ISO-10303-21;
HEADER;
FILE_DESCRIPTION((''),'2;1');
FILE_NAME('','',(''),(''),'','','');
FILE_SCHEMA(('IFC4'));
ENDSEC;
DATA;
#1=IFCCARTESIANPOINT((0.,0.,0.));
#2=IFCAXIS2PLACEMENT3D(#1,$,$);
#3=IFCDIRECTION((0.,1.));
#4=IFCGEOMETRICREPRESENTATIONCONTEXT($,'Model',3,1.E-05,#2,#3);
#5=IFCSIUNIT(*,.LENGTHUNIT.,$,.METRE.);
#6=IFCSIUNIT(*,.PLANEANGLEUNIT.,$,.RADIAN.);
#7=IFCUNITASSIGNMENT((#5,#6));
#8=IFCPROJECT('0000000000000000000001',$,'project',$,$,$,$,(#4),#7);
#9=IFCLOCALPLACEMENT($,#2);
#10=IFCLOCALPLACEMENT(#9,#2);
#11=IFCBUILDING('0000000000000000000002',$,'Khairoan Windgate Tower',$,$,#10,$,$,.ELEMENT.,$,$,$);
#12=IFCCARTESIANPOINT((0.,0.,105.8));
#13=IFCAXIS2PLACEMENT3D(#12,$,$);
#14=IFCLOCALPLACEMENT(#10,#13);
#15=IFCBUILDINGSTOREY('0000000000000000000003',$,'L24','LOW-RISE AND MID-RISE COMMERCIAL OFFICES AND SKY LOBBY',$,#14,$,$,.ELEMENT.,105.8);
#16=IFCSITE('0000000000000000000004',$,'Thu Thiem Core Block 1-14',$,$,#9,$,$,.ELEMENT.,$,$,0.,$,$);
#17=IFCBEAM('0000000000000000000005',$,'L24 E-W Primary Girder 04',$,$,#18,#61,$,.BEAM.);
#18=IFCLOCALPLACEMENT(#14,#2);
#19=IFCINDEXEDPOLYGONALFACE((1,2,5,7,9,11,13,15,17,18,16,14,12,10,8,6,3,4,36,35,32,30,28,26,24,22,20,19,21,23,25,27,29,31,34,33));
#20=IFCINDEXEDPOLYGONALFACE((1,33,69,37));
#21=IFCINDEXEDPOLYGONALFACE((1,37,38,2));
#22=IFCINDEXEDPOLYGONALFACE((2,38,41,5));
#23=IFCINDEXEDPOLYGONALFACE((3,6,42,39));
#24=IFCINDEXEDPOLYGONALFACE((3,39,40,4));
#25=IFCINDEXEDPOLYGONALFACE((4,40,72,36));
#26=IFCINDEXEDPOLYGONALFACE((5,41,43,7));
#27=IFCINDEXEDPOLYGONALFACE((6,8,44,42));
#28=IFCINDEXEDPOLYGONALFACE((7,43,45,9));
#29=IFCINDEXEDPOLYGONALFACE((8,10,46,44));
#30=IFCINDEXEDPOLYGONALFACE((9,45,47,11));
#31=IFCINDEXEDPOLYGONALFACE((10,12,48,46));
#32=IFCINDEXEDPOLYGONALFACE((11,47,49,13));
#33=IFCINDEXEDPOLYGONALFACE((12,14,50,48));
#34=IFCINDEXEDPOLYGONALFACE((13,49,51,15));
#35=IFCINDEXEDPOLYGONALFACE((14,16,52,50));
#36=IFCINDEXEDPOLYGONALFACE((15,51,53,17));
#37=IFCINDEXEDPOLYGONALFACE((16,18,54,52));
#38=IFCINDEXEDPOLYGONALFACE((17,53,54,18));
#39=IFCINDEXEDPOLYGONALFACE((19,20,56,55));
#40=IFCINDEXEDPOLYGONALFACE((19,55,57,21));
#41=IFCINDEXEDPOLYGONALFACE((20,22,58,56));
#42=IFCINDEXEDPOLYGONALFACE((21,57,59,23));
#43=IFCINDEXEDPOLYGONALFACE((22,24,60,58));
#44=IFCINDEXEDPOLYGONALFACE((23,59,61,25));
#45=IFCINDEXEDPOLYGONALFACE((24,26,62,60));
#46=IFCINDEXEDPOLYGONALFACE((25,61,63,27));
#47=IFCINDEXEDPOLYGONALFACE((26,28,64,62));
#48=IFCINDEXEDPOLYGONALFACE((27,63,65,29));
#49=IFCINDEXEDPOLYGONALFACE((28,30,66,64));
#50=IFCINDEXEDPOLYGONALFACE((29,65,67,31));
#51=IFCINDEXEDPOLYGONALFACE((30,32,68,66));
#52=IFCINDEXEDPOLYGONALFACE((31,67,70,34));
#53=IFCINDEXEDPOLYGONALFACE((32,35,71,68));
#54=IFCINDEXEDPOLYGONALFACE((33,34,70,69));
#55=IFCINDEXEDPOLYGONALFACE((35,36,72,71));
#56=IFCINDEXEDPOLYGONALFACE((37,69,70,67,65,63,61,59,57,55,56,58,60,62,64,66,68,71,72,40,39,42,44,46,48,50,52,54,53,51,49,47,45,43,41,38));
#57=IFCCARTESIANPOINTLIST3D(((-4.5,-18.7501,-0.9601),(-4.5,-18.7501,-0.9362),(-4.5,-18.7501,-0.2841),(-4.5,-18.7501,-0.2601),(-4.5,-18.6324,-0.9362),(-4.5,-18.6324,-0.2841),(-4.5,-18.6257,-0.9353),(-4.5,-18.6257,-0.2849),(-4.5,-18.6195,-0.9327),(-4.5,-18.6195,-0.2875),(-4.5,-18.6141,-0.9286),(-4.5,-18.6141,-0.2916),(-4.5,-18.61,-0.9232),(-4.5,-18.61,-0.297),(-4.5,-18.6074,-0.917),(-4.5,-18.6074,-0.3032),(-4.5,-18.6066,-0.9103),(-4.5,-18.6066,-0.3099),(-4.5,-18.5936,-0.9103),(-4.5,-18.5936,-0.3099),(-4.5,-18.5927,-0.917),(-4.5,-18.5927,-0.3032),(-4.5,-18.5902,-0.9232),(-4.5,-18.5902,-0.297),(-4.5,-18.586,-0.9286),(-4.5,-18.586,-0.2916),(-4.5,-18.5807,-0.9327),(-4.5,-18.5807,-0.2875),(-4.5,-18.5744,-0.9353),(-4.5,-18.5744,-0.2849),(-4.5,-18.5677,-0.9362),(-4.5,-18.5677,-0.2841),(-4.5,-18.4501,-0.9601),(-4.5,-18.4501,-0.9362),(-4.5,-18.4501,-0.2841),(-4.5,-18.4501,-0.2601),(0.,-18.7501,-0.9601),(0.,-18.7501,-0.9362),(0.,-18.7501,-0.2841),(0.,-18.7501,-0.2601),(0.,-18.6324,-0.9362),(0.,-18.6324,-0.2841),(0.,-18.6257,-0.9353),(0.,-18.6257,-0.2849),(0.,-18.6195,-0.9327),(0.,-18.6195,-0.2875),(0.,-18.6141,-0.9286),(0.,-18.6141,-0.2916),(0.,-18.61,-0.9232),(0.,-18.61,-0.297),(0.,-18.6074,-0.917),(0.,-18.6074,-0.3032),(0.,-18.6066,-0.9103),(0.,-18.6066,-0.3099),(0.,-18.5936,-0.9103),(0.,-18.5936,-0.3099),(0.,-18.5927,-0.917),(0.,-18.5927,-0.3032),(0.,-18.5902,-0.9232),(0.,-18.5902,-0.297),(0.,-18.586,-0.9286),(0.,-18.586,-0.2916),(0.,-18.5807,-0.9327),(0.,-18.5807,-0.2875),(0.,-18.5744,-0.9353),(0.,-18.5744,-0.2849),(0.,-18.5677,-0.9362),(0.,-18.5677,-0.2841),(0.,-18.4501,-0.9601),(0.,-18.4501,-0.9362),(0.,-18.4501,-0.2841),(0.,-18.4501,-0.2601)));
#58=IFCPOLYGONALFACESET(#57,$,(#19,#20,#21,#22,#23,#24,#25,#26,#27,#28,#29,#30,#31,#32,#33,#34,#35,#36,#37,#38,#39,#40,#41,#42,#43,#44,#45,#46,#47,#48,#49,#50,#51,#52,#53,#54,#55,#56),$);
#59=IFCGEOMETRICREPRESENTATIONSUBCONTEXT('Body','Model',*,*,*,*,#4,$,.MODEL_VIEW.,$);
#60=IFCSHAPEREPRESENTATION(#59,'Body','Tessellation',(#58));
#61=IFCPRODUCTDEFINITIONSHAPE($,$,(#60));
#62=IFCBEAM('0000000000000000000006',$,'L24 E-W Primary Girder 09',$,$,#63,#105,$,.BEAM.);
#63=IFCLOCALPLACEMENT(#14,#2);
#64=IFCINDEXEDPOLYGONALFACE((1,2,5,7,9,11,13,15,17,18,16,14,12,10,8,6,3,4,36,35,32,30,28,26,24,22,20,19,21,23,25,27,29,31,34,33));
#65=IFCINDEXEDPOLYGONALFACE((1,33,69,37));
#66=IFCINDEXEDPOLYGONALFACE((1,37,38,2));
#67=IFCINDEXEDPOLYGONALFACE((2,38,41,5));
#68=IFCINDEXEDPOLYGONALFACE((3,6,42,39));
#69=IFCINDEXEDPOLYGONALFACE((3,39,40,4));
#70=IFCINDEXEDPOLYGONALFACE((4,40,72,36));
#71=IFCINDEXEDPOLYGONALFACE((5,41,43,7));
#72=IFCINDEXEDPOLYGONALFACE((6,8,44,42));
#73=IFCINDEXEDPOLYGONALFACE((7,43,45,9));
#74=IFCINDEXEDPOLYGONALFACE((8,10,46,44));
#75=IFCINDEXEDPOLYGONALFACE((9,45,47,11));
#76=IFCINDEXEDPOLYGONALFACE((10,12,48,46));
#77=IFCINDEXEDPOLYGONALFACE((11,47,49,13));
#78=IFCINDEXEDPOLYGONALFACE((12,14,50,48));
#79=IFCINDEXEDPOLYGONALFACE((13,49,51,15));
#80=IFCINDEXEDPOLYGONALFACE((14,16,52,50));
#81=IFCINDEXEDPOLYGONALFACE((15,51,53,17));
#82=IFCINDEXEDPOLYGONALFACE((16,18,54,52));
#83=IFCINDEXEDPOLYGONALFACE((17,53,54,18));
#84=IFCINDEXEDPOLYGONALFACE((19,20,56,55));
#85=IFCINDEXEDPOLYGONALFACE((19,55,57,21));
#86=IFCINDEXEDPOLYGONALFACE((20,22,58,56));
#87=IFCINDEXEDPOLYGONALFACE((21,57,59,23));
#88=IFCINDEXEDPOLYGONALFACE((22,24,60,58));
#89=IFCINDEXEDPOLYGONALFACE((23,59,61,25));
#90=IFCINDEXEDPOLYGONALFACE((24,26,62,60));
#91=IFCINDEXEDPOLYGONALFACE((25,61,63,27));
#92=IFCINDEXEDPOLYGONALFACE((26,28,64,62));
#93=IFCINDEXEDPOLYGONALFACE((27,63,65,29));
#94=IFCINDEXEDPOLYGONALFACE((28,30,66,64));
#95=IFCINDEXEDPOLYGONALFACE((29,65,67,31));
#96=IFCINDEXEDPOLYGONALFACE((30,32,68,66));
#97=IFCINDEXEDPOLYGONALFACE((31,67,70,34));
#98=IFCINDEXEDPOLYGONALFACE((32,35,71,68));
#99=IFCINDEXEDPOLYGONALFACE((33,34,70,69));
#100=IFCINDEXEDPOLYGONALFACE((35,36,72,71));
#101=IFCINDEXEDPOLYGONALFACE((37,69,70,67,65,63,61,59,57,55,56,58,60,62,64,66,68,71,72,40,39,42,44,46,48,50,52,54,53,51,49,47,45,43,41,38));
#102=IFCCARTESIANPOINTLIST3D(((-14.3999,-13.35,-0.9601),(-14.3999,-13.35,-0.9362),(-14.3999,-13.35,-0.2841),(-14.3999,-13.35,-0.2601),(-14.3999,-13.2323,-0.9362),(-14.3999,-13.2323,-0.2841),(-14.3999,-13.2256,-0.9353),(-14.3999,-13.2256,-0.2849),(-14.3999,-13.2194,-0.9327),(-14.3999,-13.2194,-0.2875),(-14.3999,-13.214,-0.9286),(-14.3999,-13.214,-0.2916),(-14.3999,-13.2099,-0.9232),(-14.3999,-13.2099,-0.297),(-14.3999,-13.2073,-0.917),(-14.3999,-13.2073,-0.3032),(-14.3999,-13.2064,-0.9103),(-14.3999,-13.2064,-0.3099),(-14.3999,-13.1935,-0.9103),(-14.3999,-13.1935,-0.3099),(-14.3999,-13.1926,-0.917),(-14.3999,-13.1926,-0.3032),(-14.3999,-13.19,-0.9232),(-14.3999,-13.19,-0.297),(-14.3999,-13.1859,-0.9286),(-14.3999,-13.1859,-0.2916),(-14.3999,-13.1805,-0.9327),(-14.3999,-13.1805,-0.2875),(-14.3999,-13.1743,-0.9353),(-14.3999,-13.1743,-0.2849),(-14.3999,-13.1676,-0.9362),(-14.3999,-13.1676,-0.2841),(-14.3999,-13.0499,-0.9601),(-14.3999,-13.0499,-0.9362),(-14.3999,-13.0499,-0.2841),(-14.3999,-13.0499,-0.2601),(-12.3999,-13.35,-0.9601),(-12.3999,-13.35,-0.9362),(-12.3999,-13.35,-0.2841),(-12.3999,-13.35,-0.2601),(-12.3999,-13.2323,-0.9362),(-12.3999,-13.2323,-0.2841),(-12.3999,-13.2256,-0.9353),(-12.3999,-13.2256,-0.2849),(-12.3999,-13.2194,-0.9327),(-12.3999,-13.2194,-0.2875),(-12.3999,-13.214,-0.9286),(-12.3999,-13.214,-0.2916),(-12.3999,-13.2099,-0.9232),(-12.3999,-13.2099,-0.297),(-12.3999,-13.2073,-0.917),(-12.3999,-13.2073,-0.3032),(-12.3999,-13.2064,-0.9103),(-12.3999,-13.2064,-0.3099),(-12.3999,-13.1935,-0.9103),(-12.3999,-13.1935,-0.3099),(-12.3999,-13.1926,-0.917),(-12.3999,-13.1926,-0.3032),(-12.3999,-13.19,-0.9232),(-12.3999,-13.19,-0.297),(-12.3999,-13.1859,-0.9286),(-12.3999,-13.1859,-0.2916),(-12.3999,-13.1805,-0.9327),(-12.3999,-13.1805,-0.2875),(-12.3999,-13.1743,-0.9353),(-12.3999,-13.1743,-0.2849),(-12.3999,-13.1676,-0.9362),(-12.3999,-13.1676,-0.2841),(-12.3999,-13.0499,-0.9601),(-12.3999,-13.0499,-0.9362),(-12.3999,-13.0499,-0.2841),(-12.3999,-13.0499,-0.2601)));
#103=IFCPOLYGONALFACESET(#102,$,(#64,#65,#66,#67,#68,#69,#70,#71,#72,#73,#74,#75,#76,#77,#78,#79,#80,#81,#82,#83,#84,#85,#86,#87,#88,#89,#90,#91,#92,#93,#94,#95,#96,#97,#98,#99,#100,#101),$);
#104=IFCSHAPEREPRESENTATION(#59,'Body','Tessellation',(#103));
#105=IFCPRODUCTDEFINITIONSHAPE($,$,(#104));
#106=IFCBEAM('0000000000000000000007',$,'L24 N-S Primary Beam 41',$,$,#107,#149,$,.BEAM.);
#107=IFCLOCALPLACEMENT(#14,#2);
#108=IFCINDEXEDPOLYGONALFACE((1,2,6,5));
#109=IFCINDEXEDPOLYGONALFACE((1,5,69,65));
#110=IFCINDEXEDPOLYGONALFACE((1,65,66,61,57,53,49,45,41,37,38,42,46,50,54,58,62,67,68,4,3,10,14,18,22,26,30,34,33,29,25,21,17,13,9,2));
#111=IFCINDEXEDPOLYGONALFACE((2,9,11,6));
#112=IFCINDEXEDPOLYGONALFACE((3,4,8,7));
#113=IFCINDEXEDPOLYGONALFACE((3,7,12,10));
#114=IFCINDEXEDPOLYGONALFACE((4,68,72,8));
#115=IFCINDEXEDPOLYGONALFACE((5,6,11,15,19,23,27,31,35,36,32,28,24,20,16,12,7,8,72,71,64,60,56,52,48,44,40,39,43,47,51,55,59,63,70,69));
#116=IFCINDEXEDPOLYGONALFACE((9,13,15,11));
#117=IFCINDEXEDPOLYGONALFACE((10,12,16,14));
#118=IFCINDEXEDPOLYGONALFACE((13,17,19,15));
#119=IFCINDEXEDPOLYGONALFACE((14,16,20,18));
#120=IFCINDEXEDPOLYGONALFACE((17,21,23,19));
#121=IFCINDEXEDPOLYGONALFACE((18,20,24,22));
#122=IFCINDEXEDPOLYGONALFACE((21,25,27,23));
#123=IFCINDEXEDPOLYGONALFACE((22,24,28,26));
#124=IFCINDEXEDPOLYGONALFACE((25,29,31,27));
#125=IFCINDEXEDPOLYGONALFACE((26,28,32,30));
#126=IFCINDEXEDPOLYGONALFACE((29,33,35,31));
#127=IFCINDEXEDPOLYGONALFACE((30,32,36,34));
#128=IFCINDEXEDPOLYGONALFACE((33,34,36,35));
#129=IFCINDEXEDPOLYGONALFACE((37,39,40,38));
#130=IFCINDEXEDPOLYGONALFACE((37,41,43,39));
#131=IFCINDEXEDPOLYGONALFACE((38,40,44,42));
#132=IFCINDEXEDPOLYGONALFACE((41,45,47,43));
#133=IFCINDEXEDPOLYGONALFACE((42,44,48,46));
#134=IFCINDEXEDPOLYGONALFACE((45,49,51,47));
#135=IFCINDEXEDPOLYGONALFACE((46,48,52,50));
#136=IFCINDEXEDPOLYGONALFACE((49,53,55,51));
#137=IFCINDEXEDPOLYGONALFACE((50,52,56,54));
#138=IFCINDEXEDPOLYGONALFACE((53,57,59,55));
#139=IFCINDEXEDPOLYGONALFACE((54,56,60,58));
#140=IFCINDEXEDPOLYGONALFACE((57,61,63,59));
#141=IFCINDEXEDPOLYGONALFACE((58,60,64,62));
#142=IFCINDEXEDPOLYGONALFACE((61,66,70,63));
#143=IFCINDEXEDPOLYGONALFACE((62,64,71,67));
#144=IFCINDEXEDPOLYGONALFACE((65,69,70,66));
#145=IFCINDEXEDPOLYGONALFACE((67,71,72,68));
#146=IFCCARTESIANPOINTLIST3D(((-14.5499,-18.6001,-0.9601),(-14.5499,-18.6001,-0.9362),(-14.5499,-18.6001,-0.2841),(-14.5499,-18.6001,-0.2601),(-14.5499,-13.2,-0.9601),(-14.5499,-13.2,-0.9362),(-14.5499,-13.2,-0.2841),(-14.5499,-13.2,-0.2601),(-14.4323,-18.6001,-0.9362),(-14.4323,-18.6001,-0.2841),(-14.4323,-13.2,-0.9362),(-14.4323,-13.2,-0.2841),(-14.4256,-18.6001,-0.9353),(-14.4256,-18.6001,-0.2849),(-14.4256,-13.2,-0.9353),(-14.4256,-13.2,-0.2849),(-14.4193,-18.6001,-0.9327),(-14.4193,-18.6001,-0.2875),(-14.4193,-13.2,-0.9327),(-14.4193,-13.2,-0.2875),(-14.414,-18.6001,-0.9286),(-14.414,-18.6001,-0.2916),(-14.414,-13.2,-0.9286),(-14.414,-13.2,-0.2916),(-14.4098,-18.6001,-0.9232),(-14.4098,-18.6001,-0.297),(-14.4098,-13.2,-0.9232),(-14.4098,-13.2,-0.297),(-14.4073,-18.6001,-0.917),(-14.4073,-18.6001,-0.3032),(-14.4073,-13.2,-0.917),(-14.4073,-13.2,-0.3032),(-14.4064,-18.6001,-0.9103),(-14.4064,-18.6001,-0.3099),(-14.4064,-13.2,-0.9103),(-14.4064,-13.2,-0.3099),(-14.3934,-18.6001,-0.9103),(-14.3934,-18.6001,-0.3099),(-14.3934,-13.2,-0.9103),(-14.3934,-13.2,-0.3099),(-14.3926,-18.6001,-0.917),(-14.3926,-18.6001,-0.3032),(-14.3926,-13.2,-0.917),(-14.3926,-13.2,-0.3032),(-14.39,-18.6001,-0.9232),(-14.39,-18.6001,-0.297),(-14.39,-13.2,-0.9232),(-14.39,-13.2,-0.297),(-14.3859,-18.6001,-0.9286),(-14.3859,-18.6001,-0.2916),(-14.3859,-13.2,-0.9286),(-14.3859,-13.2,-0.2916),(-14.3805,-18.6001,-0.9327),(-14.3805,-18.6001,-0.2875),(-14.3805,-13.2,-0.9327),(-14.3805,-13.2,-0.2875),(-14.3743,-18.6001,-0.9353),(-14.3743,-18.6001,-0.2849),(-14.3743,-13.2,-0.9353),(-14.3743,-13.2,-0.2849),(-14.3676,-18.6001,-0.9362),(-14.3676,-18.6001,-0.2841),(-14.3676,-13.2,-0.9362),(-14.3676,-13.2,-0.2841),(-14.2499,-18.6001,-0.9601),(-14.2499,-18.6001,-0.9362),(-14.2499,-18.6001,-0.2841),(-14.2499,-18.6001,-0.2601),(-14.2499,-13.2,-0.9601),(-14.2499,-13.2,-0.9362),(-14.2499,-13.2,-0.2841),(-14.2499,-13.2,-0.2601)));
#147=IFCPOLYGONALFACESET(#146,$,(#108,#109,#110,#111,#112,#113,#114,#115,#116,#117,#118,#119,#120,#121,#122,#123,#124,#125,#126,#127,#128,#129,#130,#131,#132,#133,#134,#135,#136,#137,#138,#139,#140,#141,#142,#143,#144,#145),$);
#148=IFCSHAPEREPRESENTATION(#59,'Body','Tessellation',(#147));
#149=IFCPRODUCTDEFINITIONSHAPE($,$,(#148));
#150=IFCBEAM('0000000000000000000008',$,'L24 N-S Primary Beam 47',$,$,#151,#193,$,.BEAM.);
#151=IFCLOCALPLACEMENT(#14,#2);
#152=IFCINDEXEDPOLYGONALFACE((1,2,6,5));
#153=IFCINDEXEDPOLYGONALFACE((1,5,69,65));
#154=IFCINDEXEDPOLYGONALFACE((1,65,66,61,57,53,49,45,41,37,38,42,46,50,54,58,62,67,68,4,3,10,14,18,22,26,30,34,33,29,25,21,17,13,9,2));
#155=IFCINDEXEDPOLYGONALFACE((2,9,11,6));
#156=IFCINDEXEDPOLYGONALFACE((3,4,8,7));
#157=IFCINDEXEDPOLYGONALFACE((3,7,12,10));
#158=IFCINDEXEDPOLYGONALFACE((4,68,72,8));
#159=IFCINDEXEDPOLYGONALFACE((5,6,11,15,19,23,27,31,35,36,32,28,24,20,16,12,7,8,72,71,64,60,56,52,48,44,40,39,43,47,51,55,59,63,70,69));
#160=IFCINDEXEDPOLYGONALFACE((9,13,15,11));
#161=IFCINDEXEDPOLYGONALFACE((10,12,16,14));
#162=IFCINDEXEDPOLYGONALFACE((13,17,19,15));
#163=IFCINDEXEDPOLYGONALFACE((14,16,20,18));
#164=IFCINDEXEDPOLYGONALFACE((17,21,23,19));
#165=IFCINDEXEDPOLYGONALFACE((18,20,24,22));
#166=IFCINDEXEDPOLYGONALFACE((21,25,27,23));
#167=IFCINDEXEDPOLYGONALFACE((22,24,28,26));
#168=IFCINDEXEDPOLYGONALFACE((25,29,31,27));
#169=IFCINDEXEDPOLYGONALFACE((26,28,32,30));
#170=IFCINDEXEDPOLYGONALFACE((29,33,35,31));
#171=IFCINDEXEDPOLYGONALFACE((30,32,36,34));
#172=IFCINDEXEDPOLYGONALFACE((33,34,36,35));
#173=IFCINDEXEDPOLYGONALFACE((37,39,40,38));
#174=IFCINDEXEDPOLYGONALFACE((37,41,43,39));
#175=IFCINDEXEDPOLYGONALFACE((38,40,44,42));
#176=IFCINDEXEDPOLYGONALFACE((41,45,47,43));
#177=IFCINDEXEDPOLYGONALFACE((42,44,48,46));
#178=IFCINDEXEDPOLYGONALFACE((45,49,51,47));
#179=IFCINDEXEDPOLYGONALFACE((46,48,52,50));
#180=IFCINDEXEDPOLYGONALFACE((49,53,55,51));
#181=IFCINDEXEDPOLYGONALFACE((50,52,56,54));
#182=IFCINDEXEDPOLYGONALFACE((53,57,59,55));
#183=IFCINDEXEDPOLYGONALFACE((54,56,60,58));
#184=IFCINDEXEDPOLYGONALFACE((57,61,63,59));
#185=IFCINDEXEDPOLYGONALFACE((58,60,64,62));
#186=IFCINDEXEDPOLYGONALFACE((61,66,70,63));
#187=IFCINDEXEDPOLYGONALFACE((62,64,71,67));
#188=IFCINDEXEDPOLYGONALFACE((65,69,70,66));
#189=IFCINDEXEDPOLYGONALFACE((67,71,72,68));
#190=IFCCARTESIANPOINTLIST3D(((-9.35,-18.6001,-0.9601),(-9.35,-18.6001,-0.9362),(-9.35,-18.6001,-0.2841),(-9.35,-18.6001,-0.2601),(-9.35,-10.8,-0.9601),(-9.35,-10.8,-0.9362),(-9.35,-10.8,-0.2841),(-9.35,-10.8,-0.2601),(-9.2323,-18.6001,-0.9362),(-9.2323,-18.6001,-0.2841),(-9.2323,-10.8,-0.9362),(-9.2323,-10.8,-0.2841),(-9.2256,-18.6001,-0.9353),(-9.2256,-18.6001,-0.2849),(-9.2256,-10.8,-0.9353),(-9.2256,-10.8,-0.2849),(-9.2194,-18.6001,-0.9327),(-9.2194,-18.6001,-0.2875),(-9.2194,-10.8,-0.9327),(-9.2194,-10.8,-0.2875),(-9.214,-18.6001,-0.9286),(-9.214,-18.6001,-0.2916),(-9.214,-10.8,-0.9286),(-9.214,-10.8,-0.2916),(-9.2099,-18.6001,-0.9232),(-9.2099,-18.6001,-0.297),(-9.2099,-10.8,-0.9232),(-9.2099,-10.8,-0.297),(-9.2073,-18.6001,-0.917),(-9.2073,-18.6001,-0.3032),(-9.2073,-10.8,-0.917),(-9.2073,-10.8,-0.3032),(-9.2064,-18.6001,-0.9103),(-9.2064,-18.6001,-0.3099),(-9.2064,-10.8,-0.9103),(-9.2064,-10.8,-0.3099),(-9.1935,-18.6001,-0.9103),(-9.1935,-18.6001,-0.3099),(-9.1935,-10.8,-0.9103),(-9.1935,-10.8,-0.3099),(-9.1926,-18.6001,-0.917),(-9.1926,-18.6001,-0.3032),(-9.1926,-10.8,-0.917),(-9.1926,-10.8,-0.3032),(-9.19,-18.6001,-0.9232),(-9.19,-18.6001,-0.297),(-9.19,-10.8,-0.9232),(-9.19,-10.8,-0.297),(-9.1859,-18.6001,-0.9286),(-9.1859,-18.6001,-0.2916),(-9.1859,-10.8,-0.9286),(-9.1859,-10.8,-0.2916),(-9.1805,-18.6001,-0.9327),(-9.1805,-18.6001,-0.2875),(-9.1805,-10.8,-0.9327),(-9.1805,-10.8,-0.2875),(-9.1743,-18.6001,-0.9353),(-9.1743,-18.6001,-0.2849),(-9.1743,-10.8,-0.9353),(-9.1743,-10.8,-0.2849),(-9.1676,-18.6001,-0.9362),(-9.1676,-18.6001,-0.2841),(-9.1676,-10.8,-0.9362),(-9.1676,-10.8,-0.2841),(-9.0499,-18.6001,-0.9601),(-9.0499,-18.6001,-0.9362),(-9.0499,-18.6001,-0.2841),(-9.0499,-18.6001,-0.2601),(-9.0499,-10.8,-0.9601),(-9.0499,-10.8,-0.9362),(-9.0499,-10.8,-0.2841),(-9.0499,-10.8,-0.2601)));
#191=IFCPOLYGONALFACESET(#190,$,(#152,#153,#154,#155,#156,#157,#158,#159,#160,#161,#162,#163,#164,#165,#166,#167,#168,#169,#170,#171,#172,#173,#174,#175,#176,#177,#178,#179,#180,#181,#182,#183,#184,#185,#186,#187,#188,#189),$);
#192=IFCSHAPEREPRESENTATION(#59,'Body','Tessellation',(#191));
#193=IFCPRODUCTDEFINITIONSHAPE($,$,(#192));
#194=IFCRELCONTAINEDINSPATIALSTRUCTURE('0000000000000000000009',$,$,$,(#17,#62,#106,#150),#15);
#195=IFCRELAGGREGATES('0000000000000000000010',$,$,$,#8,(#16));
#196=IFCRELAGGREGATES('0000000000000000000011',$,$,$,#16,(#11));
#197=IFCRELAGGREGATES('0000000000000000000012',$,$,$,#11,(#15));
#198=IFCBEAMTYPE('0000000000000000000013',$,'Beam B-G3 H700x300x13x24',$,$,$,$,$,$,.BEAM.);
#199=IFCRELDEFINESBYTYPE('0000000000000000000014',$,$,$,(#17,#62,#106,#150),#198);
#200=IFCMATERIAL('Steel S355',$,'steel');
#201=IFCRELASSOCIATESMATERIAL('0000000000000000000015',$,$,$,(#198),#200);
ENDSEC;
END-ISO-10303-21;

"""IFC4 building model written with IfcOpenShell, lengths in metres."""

from ifc_helpers import new_model, si_unit, direction, frame, origin, origin_2d, place, context, subcontext, project, spatial, i_section, extrude, material, material_profile, profile_set, type_object, element, save


model = new_model("IFC4")

# Units and contexts
model_context = context("Model", 3, precision=1e-05, world=origin(), true_north=direction((0.0, 1.0)))
body_context = subcontext(model_context, "Body", "Model", "MODEL_VIEW")
ifc_project = project(units=[si_unit("LENGTHUNIT", "METRE"), si_unit("PLANEANGLEUNIT", "RADIAN")], contexts=[model_context])

# Site, building, storey
site_placement = place(None, origin())
site = spatial("IfcSite", under=ifc_project, at=site_placement, Name="Thu Thiem Core Block 1-14", CompositionType="ELEMENT", RefElevation=0.0)
building_placement = place(site_placement, origin())
building = spatial("IfcBuilding", under=site, at=building_placement, Name="Khairoan Windgate Tower", CompositionType="ELEMENT")
storey_placement = place(building_placement, frame((0.0, 0.0, 105.8)))
storey = spatial("IfcBuildingStorey", under=building, at=storey_placement, Name="L24", Description="LOW-RISE AND MID-RISE COMMERCIAL OFFICES AND SKY LOBBY", CompositionType="ELEMENT", Elevation=105.8)

# Beams
ifc_material_1 = material(Name="Steel S355", Category="steel")
ifc_material_profile_1 = material_profile(ifc_material_1, i_section(OverallWidth=0.3, OverallDepth=0.7, WebThickness=0.0129, FlangeThickness=0.0239, FilletRadius=0.0259, at=origin_2d()))
ifc_profile_set_1 = profile_set([ifc_material_profile_1], Name="Steel S355")
beam_type_1 = type_object("IfcBeamType", Name="Beam B-G3 H700x300x13x24", PredefinedType="BEAM", material=ifc_profile_set_1)
beam_1_placement = place(storey_placement, frame((-4.5, -18.6001, -0.6101), z_axis=(1.0, 0.0, 0.0), x_axis=(0.0, 1.0, 0.0)))
element("IfcBeam", 1, at=beam_1_placement, inside=storey, type_object=beam_type_1, Name="L24 E-W Primary Girder 04", PredefinedType="BEAM", context=body_context, shape_type="SweptSolid", body=[
    extrude(i_section(OverallWidth=0.3, OverallDepth=0.7, WebThickness=0.0129, FlangeThickness=0.0239, FilletRadius=0.0259, at=origin_2d()), origin(), (0.0, 0.0, 1.0), 4.5),
])
beam_2_placement = place(storey_placement, frame((-14.3999, -13.2, -0.6101), z_axis=(1.0, 0.0, 0.0), x_axis=(0.0, 1.0, 0.0)))
element("IfcBeam", 2, at=beam_2_placement, inside=storey, type_object=beam_type_1, Name="L24 E-W Primary Girder 09", PredefinedType="BEAM", context=body_context, shape_type="SweptSolid", body=[
    extrude(i_section(OverallWidth=0.3, OverallDepth=0.7, WebThickness=0.0129, FlangeThickness=0.0239, FilletRadius=0.0259, at=origin_2d()), origin(), (0.0, 0.0, 1.0), 2.0),
])
beam_3_placement = place(storey_placement, frame((-14.3999, -18.6001, -0.6101), z_axis=(0.0, 1.0, 0.0), x_axis=(-1.0, 0.0, 0.0)))
element("IfcBeam", 3, at=beam_3_placement, inside=storey, type_object=beam_type_1, Name="L24 N-S Primary Beam 41", PredefinedType="BEAM", context=body_context, shape_type="SweptSolid", body=[
    extrude(i_section(OverallWidth=0.3, OverallDepth=0.7, WebThickness=0.0129, FlangeThickness=0.0239, FilletRadius=0.0259, at=origin_2d()), origin(), (0.0, 0.0, 1.0), 5.4001),
])
beam_4_placement = place(storey_placement, frame((-9.2, -18.6001, -0.6101), z_axis=(0.0, 1.0, 0.0), x_axis=(-1.0, 0.0, 0.0)))
element("IfcBeam", 4, at=beam_4_placement, inside=storey, type_object=beam_type_1, Name="L24 N-S Primary Beam 47", PredefinedType="BEAM", context=body_context, shape_type="SweptSolid", body=[
    extrude(i_section(OverallWidth=0.3, OverallDepth=0.7, WebThickness=0.0129, FlangeThickness=0.0239, FilletRadius=0.0259, at=origin_2d()), origin(), (0.0, 0.0, 1.0), 7.8),
])

save(model, "model.ifc")
